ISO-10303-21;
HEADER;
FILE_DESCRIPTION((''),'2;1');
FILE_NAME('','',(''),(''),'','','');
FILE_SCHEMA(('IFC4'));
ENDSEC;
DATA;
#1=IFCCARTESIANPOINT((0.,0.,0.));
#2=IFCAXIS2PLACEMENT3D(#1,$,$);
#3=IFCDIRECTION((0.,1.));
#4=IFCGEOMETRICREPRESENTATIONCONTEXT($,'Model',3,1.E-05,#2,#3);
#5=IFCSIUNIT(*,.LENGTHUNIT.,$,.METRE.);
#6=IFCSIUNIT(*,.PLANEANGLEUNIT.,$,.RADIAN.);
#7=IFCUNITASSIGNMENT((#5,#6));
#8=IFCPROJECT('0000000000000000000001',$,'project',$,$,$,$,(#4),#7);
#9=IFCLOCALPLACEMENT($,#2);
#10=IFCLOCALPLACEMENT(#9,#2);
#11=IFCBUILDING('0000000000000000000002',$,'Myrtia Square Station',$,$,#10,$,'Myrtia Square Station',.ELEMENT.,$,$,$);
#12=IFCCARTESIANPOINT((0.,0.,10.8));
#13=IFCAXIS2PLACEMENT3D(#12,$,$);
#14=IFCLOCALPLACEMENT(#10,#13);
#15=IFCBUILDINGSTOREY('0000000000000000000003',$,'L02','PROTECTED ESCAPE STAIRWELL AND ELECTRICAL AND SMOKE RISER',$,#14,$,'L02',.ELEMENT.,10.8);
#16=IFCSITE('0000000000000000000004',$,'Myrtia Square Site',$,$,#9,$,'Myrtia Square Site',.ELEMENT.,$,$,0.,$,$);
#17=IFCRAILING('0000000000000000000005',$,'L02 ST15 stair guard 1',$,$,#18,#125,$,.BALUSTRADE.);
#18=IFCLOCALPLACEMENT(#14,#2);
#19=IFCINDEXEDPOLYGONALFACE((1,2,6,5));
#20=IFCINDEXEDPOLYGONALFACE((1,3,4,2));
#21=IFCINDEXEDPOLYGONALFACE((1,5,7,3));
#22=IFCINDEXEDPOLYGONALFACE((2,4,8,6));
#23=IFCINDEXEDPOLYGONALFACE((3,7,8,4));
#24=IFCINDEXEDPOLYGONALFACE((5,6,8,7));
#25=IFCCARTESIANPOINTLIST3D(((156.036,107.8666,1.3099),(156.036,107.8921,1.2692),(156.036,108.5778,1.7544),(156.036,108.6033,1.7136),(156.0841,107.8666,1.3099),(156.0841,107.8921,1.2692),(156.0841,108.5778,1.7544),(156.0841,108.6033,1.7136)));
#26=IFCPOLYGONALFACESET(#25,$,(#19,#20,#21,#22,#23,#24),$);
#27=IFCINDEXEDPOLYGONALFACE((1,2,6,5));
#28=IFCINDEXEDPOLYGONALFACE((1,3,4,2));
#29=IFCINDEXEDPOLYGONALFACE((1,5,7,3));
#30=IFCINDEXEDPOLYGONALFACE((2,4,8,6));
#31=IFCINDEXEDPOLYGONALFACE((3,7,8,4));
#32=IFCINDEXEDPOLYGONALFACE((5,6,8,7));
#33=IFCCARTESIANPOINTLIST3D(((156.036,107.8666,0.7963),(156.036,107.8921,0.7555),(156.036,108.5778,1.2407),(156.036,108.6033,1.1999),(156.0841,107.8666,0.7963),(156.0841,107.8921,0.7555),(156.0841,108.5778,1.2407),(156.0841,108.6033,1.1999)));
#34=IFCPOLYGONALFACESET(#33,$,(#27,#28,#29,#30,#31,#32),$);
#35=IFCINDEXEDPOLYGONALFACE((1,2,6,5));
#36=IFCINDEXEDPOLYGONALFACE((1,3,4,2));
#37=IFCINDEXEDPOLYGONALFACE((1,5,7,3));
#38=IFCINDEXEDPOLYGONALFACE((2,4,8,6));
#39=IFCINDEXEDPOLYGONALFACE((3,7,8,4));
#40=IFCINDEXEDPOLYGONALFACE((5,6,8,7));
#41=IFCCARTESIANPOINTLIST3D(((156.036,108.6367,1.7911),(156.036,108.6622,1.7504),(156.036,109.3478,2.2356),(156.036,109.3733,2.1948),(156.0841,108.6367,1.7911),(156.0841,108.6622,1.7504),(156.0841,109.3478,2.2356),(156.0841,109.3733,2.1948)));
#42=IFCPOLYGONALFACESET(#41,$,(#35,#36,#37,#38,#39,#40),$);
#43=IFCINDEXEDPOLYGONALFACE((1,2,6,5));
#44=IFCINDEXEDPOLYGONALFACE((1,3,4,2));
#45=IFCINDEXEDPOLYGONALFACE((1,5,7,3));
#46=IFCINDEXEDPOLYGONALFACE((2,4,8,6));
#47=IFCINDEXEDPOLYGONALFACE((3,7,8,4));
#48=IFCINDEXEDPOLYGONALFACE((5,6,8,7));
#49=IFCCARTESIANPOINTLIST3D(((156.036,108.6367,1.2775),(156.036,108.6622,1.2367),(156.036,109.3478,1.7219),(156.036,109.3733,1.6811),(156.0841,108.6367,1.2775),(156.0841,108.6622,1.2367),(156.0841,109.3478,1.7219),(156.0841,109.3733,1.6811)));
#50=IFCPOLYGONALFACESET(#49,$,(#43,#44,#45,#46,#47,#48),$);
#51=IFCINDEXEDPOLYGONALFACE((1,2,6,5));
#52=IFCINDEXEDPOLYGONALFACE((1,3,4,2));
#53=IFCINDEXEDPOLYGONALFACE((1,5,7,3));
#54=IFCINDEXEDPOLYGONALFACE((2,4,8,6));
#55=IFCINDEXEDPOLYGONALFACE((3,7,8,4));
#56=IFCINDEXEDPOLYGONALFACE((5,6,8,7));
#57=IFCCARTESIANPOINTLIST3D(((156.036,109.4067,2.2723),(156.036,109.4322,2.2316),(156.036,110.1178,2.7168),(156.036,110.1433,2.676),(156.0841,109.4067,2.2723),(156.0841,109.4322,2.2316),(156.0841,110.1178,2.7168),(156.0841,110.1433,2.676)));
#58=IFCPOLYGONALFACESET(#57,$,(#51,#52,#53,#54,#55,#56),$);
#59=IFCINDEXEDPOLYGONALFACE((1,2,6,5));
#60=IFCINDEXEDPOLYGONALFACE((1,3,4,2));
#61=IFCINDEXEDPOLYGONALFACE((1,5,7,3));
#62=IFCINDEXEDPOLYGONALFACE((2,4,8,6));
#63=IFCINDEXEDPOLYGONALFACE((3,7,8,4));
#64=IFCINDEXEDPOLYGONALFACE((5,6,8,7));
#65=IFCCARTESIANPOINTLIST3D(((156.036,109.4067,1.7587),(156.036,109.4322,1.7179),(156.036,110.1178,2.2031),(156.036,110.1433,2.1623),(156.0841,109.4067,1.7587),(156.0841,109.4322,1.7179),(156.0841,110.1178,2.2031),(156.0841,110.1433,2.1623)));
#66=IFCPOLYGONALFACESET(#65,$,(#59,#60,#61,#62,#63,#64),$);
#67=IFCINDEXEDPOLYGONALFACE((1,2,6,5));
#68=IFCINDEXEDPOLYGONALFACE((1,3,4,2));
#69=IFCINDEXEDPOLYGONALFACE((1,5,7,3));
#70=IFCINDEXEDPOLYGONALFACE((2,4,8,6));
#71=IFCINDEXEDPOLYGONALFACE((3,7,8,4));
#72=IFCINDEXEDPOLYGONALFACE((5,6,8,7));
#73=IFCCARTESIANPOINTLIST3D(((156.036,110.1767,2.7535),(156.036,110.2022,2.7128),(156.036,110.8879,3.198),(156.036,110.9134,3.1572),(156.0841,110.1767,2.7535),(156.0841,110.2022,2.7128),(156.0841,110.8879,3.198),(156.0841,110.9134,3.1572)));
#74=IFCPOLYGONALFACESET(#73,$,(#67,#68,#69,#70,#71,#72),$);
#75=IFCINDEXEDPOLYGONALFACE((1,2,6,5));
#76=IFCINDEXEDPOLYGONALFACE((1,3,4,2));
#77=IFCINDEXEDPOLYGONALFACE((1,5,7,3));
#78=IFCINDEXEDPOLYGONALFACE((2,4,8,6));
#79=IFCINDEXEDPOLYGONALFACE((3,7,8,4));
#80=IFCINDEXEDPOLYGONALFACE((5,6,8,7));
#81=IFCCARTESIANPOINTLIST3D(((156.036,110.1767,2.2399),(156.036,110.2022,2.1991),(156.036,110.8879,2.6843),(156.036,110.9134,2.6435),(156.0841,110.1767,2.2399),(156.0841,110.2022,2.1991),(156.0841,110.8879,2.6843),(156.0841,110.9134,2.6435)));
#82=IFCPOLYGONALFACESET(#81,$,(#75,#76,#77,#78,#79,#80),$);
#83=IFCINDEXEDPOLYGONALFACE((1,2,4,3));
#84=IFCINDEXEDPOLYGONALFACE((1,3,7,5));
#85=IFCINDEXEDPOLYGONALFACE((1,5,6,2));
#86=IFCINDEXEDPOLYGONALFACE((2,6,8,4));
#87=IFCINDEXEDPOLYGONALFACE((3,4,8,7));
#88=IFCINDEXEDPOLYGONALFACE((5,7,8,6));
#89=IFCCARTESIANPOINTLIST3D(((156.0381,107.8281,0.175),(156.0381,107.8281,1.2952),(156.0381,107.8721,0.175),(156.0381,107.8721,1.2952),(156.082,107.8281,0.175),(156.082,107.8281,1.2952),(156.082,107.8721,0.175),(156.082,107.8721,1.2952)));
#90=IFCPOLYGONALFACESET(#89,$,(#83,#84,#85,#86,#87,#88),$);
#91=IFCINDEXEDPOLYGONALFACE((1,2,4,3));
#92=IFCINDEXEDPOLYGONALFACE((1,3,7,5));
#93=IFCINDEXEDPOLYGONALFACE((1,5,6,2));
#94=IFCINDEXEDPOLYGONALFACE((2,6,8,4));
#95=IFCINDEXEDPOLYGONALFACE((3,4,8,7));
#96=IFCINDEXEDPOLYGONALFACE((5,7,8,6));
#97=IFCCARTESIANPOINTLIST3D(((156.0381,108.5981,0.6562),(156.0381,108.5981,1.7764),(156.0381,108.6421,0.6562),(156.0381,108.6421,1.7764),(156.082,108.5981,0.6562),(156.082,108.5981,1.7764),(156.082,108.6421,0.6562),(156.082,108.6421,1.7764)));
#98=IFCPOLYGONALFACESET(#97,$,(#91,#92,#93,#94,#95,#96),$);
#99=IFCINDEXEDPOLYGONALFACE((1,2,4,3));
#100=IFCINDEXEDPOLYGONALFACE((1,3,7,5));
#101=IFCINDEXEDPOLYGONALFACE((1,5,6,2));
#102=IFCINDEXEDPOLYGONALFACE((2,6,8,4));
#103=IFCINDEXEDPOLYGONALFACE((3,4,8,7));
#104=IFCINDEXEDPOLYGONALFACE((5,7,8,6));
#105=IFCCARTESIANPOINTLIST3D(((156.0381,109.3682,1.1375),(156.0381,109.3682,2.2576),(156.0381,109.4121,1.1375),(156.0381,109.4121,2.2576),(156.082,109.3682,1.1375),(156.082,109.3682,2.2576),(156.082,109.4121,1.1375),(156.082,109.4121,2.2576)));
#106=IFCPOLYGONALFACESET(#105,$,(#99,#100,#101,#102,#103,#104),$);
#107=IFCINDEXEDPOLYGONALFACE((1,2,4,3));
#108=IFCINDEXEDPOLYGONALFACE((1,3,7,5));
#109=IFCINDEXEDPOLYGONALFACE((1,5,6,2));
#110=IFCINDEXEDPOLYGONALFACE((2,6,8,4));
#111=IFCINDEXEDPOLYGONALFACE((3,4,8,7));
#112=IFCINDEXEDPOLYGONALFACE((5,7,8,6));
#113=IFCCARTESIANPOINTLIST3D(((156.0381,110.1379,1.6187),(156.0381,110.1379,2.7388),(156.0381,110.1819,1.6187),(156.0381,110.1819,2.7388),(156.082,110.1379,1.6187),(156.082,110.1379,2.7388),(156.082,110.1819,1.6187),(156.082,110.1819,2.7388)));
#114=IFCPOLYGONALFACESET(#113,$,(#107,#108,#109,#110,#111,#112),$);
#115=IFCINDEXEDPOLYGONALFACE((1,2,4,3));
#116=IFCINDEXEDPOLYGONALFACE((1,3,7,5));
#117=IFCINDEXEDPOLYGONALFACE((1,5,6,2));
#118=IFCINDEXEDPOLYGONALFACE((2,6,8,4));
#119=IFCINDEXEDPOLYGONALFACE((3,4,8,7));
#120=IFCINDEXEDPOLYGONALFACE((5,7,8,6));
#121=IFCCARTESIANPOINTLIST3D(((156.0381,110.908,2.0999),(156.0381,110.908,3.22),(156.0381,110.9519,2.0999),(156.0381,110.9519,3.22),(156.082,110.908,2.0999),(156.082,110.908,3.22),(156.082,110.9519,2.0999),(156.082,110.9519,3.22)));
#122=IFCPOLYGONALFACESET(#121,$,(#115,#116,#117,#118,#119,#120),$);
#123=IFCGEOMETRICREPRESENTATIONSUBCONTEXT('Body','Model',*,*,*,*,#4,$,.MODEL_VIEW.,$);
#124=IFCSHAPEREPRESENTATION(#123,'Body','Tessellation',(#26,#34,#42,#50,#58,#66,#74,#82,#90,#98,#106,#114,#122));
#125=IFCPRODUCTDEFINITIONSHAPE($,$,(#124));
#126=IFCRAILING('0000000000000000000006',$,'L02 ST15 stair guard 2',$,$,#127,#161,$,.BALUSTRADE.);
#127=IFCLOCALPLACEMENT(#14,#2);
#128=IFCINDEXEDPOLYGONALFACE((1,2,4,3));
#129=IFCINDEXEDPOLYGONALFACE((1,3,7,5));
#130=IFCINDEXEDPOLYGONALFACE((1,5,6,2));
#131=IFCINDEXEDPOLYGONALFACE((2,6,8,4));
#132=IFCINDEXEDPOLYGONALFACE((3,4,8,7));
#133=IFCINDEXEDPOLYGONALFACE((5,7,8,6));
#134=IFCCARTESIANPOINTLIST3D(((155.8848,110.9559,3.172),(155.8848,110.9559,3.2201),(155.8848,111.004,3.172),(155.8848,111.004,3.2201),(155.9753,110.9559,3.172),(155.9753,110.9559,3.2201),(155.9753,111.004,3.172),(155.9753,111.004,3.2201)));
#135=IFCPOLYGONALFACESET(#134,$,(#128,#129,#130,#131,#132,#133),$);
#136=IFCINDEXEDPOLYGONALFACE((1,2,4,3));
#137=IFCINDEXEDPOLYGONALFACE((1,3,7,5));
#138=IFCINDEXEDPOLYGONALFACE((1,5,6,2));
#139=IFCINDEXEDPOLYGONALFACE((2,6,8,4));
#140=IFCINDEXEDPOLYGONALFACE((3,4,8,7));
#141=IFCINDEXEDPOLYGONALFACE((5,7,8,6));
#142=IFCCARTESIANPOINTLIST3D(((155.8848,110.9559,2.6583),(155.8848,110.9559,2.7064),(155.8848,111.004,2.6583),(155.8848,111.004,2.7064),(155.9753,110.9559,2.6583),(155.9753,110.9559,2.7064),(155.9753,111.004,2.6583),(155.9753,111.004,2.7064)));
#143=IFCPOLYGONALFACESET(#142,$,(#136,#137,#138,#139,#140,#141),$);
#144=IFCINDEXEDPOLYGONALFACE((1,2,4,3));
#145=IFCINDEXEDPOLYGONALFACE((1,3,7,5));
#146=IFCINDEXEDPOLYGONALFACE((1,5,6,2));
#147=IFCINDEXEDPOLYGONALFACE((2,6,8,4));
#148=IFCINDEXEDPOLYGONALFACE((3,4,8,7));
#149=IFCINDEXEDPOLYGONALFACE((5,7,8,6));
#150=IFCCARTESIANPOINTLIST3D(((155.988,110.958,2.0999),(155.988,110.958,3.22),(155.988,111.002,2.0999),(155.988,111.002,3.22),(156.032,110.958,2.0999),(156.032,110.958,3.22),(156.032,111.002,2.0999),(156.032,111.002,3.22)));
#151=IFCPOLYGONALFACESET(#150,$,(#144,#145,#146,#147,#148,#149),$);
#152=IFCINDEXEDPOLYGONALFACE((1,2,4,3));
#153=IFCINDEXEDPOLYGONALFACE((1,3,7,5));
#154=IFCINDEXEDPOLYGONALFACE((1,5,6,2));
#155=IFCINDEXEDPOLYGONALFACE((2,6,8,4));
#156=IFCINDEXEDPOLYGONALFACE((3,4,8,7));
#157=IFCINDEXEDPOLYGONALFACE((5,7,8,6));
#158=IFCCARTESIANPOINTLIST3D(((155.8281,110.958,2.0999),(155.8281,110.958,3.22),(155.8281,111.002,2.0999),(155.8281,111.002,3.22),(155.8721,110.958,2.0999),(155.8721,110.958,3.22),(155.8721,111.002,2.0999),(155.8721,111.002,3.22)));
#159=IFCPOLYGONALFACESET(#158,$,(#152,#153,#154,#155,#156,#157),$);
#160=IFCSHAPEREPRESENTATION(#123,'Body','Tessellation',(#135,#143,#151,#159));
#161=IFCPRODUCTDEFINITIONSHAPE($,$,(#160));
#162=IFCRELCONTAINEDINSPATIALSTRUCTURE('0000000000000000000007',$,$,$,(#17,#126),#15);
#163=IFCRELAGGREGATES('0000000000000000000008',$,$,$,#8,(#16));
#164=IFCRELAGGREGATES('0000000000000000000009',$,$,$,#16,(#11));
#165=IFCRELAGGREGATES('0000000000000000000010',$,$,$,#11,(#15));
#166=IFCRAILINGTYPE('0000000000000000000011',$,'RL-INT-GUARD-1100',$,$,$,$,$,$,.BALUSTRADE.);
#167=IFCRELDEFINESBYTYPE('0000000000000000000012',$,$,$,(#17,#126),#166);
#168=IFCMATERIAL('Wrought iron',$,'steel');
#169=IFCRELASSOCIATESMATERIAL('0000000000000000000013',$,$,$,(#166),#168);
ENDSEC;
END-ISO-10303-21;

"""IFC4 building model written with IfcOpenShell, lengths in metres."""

from ifc_helpers import new_model, si_unit, direction, frame, origin, origin_2d, place, context, subcontext, project, spatial, rectangle, extrude, material, type_object, element, save


model = new_model("IFC4")

# Units and contexts
model_context = context("Model", 3, precision=1e-05, world=origin(), true_north=direction((0.0, 1.0)))
body_context = subcontext(model_context, "Body", "Model", "MODEL_VIEW")
ifc_project = project(units=[si_unit("LENGTHUNIT", "METRE"), si_unit("PLANEANGLEUNIT", "RADIAN")], contexts=[model_context])

# Site, building, storey
site_placement = place(None, origin())
site = spatial("IfcSite", under=ifc_project, at=site_placement, Name="Myrtia Square Site", LongName="Myrtia Square Site", CompositionType="ELEMENT", RefElevation=0.0)
building_placement = place(site_placement, origin())
building = spatial("IfcBuilding", under=site, at=building_placement, Name="Myrtia Square Station", LongName="Myrtia Square Station", CompositionType="ELEMENT")
storey_placement = place(building_placement, frame((0.0, 0.0, 10.8)))
storey = spatial("IfcBuildingStorey", under=building, at=storey_placement, Name="L02", Description="PROTECTED ESCAPE STAIRWELL AND ELECTRICAL AND SMOKE RISER", LongName="L02", CompositionType="ELEMENT", Elevation=10.8)

# Railings
ifc_material_1 = material(Name="Wrought iron", Category="steel")
railing_type_1 = type_object("IfcRailingType", Name="RL-INT-GUARD-1100", PredefinedType="BALUSTRADE", material=ifc_material_1)
railing_1_placement = place(storey_placement, frame((156.0601, 107.8501, 0.175)))
element("IfcRailing", 1, at=railing_1_placement, inside=storey, type_object=railing_type_1, Name="L02 ST15 stair guard 1", PredefinedType="BALUSTRADE", context=body_context, shape_type="SweptSolid", body=[
    extrude(rectangle(XDim=0.0481, YDim=0.0481, at=origin_2d()), frame((0.0, 0.0293, 1.1145), z_axis=(0.0, 0.84801, 0.529981), x_axis=(-1.0, 0.0, 0.0)), (0.0, 0.0, 1.0), 0.8386),
    extrude(rectangle(XDim=0.0481, YDim=0.0481, at=origin_2d()), frame((0.0, 0.0293, 0.6008), z_axis=(0.0, 0.84801, 0.529981), x_axis=(-1.0, 0.0, 0.0)), (0.0, 0.0, 1.0), 0.8386),
    extrude(rectangle(XDim=0.0481, YDim=0.0481, at=origin_2d()), frame((0.0, 0.7993, 1.5957), z_axis=(0.0, 0.84801, 0.529981), x_axis=(-1.0, 0.0, 0.0)), (0.0, 0.0, 1.0), 0.8386),
    extrude(rectangle(XDim=0.0481, YDim=0.0481, at=origin_2d()), frame((0.0, 0.7993, 1.082), z_axis=(0.0, 0.84801, 0.529981), x_axis=(-1.0, 0.0, 0.0)), (0.0, 0.0, 1.0), 0.8386),
    extrude(rectangle(XDim=0.0481, YDim=0.0481, at=origin_2d()), frame((0.0, 1.5693, 2.0769), z_axis=(0.0, 0.84801, 0.529981), x_axis=(-1.0, 0.0, 0.0)), (0.0, 0.0, 1.0), 0.8386),
    extrude(rectangle(XDim=0.0481, YDim=0.0481, at=origin_2d()), frame((0.0, 1.5693, 1.5632), z_axis=(0.0, 0.84801, 0.529981), x_axis=(-1.0, 0.0, 0.0)), (0.0, 0.0, 1.0), 0.8386),
    extrude(rectangle(XDim=0.0481, YDim=0.0481, at=origin_2d()), frame((0.0, 2.3394, 2.5581), z_axis=(0.0, 0.84801, 0.529981), x_axis=(-1.0, 0.0, 0.0)), (0.0, 0.0, 1.0), 0.8386),
    extrude(rectangle(XDim=0.0481, YDim=0.0481, at=origin_2d()), frame((0.0, 2.3394, 2.0444), z_axis=(0.0, 0.84801, 0.529981), x_axis=(-1.0, 0.0, 0.0)), (0.0, 0.0, 1.0), 0.8386),
    extrude(rectangle(XDim=0.0439, YDim=0.0439, at=origin_2d()), origin(), (0.0, 0.0, 1.0), 1.1201),
    extrude(rectangle(XDim=0.0439, YDim=0.0439, at=origin_2d()), frame((0.0, 0.77, 0.4812)), (0.0, 0.0, 1.0), 1.1201),
    extrude(rectangle(XDim=0.0439, YDim=0.0439, at=origin_2d()), frame((0.0, 1.54, 0.9624)), (0.0, 0.0, 1.0), 1.1201),
    extrude(rectangle(XDim=0.0439, YDim=0.0439, at=origin_2d()), frame((0.0, 2.3098, 1.4436)), (0.0, 0.0, 1.0), 1.1201),
    extrude(rectangle(XDim=0.0439, YDim=0.0439, at=origin_2d()), frame((0.0, 3.0798, 1.9248)), (0.0, 0.0, 1.0), 1.1201),
])
railing_2_placement = place(storey_placement, frame((156.01, 110.98, 2.0999)))
element("IfcRailing", 2, at=railing_2_placement, inside=storey, type_object=railing_type_1, Name="L02 ST15 stair guard 2", PredefinedType="BALUSTRADE", context=body_context, shape_type="SweptSolid", body=[
    extrude(rectangle(XDim=0.0481, YDim=0.0481, at=origin_2d()), frame((-0.0347, 0.0, 1.0962), z_axis=(-1.0, 0.0, 0.0), x_axis=(0.0, -1.0, 0.0)), (0.0, 0.0, 1.0), 0.0906),
    extrude(rectangle(XDim=0.0481, YDim=0.0481, at=origin_2d()), frame((-0.0347, 0.0, 0.5825), z_axis=(-1.0, 0.0, 0.0), x_axis=(0.0, -1.0, 0.0)), (0.0, 0.0, 1.0), 0.0906),
    extrude(rectangle(XDim=0.0439, YDim=0.0439, at=origin_2d()), origin(), (0.0, 0.0, 1.0), 1.1201),
    extrude(rectangle(XDim=0.0439, YDim=0.0439, at=origin_2d()), frame((-0.1599, 0.0, 0.0)), (0.0, 0.0, 1.0), 1.1201),
])

save(model, "model.ifc")
